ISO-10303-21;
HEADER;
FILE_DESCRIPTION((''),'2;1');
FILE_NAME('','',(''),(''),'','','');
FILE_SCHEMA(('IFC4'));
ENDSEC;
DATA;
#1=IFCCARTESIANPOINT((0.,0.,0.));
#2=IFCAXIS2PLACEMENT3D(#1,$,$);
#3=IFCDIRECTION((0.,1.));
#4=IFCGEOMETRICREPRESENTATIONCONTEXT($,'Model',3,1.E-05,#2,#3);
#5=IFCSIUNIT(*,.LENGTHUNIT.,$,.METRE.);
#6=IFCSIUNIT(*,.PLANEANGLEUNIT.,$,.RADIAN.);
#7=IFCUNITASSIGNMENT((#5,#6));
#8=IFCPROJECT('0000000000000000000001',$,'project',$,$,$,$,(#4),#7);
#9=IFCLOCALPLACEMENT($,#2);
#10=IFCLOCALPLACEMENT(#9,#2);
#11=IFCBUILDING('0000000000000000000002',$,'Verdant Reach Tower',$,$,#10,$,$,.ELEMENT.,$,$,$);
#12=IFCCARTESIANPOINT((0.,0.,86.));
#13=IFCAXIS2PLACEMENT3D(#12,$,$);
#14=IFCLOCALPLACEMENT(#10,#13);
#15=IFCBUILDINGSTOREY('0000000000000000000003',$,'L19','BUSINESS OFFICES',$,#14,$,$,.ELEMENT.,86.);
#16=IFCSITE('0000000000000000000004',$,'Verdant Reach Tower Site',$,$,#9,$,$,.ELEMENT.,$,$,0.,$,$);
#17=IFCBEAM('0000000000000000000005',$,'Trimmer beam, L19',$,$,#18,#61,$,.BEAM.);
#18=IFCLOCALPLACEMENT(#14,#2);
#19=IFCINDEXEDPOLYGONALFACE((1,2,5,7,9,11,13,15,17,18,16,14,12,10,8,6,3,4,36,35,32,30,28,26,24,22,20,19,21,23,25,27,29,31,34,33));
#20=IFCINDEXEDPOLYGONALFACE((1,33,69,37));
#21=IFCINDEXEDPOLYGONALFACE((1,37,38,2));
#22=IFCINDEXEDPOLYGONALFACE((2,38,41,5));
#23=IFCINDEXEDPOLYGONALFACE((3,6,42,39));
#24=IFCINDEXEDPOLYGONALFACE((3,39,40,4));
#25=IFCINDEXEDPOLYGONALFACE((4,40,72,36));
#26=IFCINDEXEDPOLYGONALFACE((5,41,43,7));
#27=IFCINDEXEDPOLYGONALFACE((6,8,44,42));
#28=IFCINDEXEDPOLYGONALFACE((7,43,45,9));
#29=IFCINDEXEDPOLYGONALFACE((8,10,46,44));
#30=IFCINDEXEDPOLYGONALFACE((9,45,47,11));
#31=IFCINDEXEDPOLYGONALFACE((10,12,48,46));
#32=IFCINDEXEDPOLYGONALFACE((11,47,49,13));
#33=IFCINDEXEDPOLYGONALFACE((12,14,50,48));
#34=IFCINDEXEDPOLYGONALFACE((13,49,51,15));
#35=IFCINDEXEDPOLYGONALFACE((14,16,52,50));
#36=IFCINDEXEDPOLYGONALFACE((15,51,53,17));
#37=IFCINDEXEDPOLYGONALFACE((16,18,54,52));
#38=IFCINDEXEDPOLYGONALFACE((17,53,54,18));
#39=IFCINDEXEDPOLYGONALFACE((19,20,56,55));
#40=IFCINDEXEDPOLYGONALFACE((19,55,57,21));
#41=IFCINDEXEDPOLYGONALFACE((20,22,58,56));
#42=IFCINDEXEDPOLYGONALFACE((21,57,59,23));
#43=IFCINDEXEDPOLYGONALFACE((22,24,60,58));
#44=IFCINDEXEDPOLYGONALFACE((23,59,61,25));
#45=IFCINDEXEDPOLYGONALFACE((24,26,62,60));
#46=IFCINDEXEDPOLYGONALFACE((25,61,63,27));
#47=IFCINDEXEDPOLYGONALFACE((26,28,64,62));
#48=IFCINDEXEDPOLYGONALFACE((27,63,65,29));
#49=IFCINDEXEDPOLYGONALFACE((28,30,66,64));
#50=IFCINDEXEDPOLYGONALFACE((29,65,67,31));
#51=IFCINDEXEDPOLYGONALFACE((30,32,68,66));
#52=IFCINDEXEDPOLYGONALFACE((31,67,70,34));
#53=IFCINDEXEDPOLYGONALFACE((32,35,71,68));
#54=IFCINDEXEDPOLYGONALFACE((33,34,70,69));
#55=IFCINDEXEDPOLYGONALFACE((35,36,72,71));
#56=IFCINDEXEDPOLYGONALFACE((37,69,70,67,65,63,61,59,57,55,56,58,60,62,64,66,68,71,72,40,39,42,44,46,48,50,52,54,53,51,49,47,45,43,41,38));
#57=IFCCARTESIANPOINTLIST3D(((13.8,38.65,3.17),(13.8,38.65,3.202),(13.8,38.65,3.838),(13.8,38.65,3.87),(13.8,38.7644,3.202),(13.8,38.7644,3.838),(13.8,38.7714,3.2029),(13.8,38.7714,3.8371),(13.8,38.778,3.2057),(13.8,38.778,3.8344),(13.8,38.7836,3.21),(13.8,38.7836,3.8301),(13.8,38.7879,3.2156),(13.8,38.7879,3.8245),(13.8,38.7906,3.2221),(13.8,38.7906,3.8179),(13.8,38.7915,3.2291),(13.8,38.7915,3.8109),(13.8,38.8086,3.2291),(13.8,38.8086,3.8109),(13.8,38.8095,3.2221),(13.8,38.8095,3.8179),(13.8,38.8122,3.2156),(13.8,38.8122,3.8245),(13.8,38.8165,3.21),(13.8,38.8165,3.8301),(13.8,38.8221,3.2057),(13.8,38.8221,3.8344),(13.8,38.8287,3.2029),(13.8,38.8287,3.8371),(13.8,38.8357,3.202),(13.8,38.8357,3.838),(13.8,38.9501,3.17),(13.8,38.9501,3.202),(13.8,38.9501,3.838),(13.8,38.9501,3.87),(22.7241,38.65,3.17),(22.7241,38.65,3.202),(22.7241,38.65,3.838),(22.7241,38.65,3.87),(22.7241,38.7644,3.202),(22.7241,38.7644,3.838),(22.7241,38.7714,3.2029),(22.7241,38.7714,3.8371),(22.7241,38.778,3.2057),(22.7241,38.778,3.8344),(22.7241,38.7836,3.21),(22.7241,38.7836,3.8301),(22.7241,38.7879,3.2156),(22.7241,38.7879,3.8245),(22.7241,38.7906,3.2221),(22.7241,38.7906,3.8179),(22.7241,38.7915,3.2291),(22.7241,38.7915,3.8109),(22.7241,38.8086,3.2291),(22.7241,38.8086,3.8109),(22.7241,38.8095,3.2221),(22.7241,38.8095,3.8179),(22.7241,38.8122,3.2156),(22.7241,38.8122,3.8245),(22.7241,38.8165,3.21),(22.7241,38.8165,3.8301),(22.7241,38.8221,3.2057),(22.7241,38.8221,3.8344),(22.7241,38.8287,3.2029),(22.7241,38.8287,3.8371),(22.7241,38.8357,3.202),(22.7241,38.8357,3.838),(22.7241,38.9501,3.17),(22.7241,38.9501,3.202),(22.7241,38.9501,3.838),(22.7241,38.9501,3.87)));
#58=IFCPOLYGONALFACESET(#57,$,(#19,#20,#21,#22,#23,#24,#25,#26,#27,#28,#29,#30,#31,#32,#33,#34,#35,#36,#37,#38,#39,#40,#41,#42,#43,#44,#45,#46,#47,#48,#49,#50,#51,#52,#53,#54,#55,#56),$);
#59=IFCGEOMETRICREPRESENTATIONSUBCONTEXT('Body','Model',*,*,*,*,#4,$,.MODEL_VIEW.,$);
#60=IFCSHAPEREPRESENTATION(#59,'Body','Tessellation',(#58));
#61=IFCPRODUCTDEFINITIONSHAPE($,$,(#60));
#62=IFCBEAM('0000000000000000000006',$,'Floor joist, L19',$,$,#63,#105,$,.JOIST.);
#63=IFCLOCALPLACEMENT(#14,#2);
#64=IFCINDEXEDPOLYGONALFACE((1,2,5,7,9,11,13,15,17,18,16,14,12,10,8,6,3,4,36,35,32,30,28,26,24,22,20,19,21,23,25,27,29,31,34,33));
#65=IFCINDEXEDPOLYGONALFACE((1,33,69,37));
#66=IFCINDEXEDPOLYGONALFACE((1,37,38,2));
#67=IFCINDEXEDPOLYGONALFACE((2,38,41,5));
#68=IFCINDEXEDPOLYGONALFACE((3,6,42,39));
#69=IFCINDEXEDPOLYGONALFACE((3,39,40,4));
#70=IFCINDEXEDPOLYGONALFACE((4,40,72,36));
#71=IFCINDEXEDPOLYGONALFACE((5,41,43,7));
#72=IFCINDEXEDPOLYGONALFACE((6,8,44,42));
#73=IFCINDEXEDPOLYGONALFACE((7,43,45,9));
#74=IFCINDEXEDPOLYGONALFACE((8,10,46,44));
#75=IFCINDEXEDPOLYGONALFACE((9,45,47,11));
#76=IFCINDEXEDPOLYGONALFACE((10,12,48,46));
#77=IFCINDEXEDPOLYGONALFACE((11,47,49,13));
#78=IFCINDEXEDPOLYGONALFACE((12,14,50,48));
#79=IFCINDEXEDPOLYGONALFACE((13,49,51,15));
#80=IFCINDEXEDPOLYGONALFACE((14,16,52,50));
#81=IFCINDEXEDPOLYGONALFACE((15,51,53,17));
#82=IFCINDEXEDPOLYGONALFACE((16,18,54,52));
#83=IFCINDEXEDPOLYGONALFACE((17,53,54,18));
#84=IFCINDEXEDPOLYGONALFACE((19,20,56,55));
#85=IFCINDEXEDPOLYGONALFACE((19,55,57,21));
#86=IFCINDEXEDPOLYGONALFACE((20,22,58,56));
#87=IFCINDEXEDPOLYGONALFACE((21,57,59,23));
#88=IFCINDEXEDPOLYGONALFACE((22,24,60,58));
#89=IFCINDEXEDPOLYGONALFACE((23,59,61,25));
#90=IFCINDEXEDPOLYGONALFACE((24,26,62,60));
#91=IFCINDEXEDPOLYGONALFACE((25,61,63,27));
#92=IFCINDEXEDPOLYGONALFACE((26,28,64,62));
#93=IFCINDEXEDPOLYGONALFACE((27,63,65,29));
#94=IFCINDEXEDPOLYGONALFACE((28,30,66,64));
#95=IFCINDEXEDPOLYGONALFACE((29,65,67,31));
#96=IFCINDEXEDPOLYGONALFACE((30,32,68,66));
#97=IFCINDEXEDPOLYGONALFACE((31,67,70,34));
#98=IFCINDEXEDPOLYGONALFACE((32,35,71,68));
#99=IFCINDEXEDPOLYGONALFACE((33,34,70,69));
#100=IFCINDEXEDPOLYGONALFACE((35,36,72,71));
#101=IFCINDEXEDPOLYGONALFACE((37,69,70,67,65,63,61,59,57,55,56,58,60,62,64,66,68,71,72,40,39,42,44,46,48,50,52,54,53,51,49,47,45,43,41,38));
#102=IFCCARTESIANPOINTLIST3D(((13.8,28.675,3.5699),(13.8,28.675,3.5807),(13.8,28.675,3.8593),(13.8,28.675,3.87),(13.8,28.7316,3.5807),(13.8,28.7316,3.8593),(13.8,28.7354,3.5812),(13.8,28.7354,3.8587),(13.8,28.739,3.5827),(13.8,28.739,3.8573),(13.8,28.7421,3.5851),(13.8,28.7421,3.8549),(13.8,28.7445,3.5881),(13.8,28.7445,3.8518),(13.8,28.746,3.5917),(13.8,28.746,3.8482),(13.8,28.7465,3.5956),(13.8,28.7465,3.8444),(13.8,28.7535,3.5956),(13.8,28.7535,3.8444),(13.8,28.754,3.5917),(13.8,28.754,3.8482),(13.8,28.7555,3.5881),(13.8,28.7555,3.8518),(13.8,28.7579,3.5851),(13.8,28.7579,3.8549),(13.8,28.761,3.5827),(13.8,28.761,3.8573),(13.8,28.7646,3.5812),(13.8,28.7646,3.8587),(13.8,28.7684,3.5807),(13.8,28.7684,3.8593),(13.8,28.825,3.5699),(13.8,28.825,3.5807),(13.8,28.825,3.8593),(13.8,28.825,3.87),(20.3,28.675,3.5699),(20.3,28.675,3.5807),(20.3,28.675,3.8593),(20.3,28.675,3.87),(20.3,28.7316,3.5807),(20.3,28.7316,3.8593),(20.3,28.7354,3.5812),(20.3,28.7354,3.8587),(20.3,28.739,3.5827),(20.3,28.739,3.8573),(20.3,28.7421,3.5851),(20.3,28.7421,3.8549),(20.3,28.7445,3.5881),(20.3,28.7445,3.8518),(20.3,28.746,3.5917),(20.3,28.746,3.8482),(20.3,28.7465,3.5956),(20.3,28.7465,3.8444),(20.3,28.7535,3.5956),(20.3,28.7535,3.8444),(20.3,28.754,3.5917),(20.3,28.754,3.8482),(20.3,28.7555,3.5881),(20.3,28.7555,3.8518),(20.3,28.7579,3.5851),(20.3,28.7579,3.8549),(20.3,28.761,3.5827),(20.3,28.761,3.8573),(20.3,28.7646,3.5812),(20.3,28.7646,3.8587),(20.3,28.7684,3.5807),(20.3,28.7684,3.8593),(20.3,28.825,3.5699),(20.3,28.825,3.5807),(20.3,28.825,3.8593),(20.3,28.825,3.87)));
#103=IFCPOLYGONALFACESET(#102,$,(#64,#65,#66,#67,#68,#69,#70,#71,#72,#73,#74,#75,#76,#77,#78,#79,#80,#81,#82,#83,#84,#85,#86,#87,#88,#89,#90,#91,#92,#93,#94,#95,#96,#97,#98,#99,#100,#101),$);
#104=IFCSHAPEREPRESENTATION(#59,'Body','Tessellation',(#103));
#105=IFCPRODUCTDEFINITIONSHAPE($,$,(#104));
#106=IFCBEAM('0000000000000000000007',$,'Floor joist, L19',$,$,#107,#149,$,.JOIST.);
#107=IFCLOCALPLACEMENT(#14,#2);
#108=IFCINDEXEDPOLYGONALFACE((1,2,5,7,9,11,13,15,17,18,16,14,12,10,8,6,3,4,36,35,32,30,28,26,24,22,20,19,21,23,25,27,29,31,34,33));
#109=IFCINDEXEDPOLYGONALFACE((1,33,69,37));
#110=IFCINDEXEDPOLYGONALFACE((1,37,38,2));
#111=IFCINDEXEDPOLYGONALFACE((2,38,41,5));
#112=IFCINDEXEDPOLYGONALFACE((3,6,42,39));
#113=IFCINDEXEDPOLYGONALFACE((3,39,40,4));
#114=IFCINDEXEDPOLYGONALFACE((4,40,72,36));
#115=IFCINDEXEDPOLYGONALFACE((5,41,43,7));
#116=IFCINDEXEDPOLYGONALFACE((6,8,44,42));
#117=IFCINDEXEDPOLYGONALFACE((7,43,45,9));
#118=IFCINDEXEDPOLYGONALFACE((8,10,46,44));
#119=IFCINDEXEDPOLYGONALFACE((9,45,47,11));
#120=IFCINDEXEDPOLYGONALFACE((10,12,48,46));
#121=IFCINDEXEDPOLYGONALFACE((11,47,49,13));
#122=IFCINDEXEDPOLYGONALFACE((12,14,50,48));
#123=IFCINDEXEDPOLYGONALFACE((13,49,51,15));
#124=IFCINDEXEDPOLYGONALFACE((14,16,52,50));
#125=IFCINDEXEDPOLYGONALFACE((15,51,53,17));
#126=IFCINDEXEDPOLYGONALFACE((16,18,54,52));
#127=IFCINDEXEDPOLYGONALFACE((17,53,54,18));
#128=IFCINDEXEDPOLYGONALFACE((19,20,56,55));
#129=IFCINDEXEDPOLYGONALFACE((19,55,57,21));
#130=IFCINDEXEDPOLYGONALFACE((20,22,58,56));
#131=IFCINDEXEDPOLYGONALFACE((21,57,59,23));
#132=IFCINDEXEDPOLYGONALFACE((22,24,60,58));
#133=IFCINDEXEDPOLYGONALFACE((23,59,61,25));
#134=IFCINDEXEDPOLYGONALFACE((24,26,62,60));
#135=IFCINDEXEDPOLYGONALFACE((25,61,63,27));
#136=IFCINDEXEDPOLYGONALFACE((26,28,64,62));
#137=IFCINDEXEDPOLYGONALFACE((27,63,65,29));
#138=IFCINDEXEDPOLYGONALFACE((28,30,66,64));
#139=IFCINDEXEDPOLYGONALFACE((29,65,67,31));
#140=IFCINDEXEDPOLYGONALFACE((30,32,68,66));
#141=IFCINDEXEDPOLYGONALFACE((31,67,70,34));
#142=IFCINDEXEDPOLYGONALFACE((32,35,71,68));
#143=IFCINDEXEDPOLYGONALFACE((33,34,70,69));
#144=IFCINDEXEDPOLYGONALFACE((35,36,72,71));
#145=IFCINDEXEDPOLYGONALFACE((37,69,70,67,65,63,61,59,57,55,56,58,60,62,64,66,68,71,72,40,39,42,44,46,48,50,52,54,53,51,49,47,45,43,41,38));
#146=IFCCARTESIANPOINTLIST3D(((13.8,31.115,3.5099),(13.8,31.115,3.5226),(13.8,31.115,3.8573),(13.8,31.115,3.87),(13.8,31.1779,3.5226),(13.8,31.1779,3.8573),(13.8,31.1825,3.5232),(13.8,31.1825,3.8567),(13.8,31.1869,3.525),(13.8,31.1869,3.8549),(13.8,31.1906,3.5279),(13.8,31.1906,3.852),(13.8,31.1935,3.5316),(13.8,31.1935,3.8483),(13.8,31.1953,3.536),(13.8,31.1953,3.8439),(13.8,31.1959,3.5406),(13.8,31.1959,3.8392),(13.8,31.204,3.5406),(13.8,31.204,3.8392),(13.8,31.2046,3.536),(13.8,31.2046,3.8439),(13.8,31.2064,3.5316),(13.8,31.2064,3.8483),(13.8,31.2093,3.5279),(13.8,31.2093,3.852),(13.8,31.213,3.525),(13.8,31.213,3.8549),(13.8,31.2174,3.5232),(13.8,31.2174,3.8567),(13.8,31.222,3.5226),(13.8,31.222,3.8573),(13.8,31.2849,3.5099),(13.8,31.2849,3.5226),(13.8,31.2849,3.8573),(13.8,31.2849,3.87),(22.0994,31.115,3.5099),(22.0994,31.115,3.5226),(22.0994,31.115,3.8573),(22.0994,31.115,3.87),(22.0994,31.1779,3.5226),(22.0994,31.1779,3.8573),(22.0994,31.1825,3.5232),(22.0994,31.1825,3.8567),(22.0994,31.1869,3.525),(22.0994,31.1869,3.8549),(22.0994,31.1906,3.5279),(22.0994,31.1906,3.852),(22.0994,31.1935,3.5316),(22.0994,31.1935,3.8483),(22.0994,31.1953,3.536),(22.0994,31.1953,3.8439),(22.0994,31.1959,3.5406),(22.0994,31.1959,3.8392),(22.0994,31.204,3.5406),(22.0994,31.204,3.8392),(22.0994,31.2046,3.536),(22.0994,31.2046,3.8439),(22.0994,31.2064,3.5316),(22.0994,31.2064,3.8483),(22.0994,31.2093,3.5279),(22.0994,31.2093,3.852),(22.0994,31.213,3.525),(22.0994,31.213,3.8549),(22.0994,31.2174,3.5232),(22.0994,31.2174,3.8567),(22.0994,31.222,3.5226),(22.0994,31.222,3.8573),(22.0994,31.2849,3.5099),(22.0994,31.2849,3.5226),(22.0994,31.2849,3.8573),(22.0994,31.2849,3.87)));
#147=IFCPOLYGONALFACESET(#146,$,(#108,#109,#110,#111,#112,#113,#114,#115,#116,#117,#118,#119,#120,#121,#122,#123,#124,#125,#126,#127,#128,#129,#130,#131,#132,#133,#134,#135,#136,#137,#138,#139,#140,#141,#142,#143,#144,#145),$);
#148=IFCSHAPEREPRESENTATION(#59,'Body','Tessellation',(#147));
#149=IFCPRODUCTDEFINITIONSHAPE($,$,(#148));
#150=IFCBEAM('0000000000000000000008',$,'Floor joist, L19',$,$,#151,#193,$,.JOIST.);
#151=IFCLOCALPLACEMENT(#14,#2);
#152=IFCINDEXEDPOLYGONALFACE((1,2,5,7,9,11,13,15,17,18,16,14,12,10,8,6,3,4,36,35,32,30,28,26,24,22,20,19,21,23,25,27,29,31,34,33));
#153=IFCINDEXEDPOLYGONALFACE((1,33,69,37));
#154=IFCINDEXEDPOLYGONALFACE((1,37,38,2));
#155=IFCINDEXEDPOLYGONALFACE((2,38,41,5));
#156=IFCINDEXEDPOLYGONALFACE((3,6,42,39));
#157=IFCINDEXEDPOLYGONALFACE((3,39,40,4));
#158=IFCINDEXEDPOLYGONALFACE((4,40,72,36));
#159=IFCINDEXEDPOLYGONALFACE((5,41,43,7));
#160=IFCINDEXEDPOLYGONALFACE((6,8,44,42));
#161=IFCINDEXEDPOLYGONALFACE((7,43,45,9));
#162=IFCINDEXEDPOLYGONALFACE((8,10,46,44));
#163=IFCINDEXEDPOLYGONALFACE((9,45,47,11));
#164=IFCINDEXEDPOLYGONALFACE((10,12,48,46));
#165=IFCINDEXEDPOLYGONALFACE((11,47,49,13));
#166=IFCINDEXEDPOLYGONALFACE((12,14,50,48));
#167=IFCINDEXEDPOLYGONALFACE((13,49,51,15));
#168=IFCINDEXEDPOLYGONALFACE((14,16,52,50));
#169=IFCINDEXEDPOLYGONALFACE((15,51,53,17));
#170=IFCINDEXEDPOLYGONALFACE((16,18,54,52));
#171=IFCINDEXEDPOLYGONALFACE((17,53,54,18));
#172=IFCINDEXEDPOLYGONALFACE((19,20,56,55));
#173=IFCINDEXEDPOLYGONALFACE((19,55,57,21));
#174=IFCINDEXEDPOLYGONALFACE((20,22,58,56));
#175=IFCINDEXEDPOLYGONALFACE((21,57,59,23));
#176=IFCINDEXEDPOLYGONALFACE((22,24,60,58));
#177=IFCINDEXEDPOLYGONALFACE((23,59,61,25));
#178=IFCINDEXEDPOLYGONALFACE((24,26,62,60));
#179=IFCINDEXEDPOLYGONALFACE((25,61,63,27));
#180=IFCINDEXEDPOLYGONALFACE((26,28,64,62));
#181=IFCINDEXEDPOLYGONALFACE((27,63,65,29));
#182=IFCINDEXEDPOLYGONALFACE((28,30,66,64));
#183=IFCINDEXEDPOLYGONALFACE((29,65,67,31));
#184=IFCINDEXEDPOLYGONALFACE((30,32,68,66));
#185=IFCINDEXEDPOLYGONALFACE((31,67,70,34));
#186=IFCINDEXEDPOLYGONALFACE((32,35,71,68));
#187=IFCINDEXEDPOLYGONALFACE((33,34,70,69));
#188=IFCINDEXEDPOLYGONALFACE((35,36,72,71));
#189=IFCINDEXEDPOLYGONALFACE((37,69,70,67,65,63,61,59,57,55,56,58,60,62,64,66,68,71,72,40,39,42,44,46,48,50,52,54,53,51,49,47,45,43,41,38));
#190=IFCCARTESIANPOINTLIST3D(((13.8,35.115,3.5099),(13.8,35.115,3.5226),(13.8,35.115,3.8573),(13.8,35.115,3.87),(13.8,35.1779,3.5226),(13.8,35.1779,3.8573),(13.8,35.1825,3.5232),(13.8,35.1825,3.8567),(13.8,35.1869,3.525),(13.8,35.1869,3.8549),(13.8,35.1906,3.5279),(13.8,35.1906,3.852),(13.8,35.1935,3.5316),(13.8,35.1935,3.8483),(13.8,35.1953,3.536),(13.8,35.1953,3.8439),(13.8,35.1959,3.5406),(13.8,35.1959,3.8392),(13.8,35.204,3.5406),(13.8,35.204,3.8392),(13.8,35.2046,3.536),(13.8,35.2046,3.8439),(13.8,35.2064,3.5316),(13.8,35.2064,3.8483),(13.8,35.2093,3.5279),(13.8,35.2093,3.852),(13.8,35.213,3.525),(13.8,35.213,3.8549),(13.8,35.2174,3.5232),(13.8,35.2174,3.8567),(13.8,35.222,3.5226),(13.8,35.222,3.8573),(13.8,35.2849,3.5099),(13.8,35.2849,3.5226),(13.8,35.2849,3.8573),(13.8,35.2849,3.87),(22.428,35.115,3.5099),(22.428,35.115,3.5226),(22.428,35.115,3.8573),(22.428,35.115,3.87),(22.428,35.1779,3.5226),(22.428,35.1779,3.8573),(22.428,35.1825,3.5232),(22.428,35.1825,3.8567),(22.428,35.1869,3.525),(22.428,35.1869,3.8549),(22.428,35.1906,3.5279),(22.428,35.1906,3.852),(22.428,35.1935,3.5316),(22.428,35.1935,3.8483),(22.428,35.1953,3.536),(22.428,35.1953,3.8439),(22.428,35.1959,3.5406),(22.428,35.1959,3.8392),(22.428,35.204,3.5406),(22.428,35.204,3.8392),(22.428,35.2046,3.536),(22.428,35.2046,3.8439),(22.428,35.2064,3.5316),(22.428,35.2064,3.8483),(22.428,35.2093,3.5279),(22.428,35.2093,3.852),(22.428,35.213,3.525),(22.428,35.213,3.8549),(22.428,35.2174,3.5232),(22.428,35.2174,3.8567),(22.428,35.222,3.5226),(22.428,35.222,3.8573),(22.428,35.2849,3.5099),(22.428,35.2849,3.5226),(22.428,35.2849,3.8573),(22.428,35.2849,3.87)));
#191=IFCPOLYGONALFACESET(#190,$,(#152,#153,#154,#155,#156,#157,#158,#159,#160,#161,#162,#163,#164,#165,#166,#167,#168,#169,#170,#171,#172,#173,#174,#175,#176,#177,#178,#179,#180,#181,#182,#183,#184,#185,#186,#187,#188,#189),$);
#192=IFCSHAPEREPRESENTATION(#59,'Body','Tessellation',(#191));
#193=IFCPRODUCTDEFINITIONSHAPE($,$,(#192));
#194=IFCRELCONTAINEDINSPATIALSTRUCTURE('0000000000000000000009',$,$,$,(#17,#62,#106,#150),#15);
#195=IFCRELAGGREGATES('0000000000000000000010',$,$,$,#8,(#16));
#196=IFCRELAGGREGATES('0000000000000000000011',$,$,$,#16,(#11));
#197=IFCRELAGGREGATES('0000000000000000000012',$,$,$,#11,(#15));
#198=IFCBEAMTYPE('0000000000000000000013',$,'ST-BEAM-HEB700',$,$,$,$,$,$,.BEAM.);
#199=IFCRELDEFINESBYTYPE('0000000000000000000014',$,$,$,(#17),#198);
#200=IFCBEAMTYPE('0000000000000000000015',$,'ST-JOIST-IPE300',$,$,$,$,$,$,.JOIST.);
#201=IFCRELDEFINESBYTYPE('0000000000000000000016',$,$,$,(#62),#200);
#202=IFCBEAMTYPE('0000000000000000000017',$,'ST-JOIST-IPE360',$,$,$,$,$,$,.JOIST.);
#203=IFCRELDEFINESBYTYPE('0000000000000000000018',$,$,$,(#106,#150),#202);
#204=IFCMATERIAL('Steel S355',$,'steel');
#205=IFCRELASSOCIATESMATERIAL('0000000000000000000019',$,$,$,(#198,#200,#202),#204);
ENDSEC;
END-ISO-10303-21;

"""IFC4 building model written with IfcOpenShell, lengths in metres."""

from ifc_helpers import new_model, si_unit, direction, frame, origin, origin_2d, place, context, subcontext, project, spatial, i_section, extrude, material, material_profile, profile_set, type_object, element, save


model = new_model("IFC4")

# Units and contexts
model_context = context("Model", 3, precision=1e-05, world=origin(), true_north=direction((0.0, 1.0)))
body_context = subcontext(model_context, "Body", "Model", "MODEL_VIEW")
ifc_project = project(units=[si_unit("LENGTHUNIT", "METRE"), si_unit("PLANEANGLEUNIT", "RADIAN")], contexts=[model_context])

# Site, building, storey
site_placement = place(None, origin())
site = spatial("IfcSite", under=ifc_project, at=site_placement, Name="Verdant Reach Tower Site", CompositionType="ELEMENT", RefElevation=0.0)
building_placement = place(site_placement, origin())
building = spatial("IfcBuilding", under=site, at=building_placement, Name="Verdant Reach Tower", CompositionType="ELEMENT")
storey_placement = place(building_placement, frame((0.0, 0.0, 86.0)))
storey = spatial("IfcBuildingStorey", under=building, at=storey_placement, Name="L19", Description="BUSINESS OFFICES", CompositionType="ELEMENT", Elevation=86.0)

# Beams
ifc_material_1 = material(Name="Steel S355", Category="steel")
ifc_material_profile_1 = material_profile(ifc_material_1, i_section(OverallWidth=0.3, OverallDepth=0.7, WebThickness=0.0171, FlangeThickness=0.032, FilletRadius=0.0271, at=origin_2d()), Name="HEB 700")
ifc_profile_set_1 = profile_set([ifc_material_profile_1], Name="Steel S355")
beam_type_1 = type_object("IfcBeamType", Name="ST-BEAM-HEB700", PredefinedType="BEAM", material=ifc_profile_set_1)
beam_1_placement = place(storey_placement, frame((13.8, 38.8, 3.52), z_axis=(1.0, 0.0, 0.0), x_axis=(0.0, 1.0, 0.0)))
element("IfcBeam", 1, at=beam_1_placement, inside=storey, type_object=beam_type_1, Name="Trimmer beam, L19", PredefinedType="BEAM", context=body_context, shape_type="SweptSolid", body=[
    extrude(i_section(OverallWidth=0.3, OverallDepth=0.7, WebThickness=0.0171, FlangeThickness=0.032, FilletRadius=0.0271, at=origin_2d()), origin(), (0.0, 0.0, 1.0), 8.9241),
])
ifc_material_profile_2 = material_profile(ifc_material_1, i_section(OverallWidth=0.1499, OverallDepth=0.3, WebThickness=0.0071, FlangeThickness=0.0107, FilletRadius=0.0149, at=origin_2d()), Name="IPE 300")
ifc_profile_set_2 = profile_set([ifc_material_profile_2], Name="Steel S355")
beam_type_2 = type_object("IfcBeamType", Name="ST-JOIST-IPE300", PredefinedType="JOIST", material=ifc_profile_set_2)
beam_2_placement = place(storey_placement, frame((13.8, 28.75, 3.72), z_axis=(1.0, 0.0, 0.0), x_axis=(0.0, 1.0, 0.0)))
element("IfcBeam", 2, at=beam_2_placement, inside=storey, type_object=beam_type_2, Name="Floor joist, L19", PredefinedType="JOIST", context=body_context, shape_type="SweptSolid", body=[
    extrude(i_section(OverallWidth=0.1499, OverallDepth=0.3, WebThickness=0.0071, FlangeThickness=0.0107, FilletRadius=0.0149, at=origin_2d()), origin(), (0.0, 0.0, 1.0), 6.5),
])
ifc_material_profile_3 = material_profile(ifc_material_1, i_section(OverallWidth=0.1699, OverallDepth=0.3601, WebThickness=0.0081, FlangeThickness=0.0127, FilletRadius=0.0181, at=origin_2d()), Name="IPE 360")
ifc_profile_set_3 = profile_set([ifc_material_profile_3], Name="Steel S355")
beam_type_3 = type_object("IfcBeamType", Name="ST-JOIST-IPE360", PredefinedType="JOIST", material=ifc_profile_set_3)
beam_3_placement = place(storey_placement, frame((13.8, 31.2, 3.6899), z_axis=(1.0, 0.0, 0.0), x_axis=(0.0, 1.0, 0.0)))
element("IfcBeam", 3, at=beam_3_placement, inside=storey, type_object=beam_type_3, Name="Floor joist, L19", PredefinedType="JOIST", context=body_context, shape_type="SweptSolid", body=[
    extrude(i_section(OverallWidth=0.1699, OverallDepth=0.3601, WebThickness=0.0081, FlangeThickness=0.0127, FilletRadius=0.0181, at=origin_2d()), origin(), (0.0, 0.0, 1.0), 8.2993),
])
beam_4_placement = place(storey_placement, frame((13.8, 35.2, 3.6899), z_axis=(1.0, 0.0, 0.0), x_axis=(0.0, 1.0, 0.0)))
element("IfcBeam", 4, at=beam_4_placement, inside=storey, type_object=beam_type_3, Name="Floor joist, L19", PredefinedType="JOIST", context=body_context, shape_type="SweptSolid", body=[
    extrude(i_section(OverallWidth=0.1699, OverallDepth=0.3601, WebThickness=0.0081, FlangeThickness=0.0127, FilletRadius=0.0181, at=origin_2d()), origin(), (0.0, 0.0, 1.0), 8.6279),
])

save(model, "model.ifc")
